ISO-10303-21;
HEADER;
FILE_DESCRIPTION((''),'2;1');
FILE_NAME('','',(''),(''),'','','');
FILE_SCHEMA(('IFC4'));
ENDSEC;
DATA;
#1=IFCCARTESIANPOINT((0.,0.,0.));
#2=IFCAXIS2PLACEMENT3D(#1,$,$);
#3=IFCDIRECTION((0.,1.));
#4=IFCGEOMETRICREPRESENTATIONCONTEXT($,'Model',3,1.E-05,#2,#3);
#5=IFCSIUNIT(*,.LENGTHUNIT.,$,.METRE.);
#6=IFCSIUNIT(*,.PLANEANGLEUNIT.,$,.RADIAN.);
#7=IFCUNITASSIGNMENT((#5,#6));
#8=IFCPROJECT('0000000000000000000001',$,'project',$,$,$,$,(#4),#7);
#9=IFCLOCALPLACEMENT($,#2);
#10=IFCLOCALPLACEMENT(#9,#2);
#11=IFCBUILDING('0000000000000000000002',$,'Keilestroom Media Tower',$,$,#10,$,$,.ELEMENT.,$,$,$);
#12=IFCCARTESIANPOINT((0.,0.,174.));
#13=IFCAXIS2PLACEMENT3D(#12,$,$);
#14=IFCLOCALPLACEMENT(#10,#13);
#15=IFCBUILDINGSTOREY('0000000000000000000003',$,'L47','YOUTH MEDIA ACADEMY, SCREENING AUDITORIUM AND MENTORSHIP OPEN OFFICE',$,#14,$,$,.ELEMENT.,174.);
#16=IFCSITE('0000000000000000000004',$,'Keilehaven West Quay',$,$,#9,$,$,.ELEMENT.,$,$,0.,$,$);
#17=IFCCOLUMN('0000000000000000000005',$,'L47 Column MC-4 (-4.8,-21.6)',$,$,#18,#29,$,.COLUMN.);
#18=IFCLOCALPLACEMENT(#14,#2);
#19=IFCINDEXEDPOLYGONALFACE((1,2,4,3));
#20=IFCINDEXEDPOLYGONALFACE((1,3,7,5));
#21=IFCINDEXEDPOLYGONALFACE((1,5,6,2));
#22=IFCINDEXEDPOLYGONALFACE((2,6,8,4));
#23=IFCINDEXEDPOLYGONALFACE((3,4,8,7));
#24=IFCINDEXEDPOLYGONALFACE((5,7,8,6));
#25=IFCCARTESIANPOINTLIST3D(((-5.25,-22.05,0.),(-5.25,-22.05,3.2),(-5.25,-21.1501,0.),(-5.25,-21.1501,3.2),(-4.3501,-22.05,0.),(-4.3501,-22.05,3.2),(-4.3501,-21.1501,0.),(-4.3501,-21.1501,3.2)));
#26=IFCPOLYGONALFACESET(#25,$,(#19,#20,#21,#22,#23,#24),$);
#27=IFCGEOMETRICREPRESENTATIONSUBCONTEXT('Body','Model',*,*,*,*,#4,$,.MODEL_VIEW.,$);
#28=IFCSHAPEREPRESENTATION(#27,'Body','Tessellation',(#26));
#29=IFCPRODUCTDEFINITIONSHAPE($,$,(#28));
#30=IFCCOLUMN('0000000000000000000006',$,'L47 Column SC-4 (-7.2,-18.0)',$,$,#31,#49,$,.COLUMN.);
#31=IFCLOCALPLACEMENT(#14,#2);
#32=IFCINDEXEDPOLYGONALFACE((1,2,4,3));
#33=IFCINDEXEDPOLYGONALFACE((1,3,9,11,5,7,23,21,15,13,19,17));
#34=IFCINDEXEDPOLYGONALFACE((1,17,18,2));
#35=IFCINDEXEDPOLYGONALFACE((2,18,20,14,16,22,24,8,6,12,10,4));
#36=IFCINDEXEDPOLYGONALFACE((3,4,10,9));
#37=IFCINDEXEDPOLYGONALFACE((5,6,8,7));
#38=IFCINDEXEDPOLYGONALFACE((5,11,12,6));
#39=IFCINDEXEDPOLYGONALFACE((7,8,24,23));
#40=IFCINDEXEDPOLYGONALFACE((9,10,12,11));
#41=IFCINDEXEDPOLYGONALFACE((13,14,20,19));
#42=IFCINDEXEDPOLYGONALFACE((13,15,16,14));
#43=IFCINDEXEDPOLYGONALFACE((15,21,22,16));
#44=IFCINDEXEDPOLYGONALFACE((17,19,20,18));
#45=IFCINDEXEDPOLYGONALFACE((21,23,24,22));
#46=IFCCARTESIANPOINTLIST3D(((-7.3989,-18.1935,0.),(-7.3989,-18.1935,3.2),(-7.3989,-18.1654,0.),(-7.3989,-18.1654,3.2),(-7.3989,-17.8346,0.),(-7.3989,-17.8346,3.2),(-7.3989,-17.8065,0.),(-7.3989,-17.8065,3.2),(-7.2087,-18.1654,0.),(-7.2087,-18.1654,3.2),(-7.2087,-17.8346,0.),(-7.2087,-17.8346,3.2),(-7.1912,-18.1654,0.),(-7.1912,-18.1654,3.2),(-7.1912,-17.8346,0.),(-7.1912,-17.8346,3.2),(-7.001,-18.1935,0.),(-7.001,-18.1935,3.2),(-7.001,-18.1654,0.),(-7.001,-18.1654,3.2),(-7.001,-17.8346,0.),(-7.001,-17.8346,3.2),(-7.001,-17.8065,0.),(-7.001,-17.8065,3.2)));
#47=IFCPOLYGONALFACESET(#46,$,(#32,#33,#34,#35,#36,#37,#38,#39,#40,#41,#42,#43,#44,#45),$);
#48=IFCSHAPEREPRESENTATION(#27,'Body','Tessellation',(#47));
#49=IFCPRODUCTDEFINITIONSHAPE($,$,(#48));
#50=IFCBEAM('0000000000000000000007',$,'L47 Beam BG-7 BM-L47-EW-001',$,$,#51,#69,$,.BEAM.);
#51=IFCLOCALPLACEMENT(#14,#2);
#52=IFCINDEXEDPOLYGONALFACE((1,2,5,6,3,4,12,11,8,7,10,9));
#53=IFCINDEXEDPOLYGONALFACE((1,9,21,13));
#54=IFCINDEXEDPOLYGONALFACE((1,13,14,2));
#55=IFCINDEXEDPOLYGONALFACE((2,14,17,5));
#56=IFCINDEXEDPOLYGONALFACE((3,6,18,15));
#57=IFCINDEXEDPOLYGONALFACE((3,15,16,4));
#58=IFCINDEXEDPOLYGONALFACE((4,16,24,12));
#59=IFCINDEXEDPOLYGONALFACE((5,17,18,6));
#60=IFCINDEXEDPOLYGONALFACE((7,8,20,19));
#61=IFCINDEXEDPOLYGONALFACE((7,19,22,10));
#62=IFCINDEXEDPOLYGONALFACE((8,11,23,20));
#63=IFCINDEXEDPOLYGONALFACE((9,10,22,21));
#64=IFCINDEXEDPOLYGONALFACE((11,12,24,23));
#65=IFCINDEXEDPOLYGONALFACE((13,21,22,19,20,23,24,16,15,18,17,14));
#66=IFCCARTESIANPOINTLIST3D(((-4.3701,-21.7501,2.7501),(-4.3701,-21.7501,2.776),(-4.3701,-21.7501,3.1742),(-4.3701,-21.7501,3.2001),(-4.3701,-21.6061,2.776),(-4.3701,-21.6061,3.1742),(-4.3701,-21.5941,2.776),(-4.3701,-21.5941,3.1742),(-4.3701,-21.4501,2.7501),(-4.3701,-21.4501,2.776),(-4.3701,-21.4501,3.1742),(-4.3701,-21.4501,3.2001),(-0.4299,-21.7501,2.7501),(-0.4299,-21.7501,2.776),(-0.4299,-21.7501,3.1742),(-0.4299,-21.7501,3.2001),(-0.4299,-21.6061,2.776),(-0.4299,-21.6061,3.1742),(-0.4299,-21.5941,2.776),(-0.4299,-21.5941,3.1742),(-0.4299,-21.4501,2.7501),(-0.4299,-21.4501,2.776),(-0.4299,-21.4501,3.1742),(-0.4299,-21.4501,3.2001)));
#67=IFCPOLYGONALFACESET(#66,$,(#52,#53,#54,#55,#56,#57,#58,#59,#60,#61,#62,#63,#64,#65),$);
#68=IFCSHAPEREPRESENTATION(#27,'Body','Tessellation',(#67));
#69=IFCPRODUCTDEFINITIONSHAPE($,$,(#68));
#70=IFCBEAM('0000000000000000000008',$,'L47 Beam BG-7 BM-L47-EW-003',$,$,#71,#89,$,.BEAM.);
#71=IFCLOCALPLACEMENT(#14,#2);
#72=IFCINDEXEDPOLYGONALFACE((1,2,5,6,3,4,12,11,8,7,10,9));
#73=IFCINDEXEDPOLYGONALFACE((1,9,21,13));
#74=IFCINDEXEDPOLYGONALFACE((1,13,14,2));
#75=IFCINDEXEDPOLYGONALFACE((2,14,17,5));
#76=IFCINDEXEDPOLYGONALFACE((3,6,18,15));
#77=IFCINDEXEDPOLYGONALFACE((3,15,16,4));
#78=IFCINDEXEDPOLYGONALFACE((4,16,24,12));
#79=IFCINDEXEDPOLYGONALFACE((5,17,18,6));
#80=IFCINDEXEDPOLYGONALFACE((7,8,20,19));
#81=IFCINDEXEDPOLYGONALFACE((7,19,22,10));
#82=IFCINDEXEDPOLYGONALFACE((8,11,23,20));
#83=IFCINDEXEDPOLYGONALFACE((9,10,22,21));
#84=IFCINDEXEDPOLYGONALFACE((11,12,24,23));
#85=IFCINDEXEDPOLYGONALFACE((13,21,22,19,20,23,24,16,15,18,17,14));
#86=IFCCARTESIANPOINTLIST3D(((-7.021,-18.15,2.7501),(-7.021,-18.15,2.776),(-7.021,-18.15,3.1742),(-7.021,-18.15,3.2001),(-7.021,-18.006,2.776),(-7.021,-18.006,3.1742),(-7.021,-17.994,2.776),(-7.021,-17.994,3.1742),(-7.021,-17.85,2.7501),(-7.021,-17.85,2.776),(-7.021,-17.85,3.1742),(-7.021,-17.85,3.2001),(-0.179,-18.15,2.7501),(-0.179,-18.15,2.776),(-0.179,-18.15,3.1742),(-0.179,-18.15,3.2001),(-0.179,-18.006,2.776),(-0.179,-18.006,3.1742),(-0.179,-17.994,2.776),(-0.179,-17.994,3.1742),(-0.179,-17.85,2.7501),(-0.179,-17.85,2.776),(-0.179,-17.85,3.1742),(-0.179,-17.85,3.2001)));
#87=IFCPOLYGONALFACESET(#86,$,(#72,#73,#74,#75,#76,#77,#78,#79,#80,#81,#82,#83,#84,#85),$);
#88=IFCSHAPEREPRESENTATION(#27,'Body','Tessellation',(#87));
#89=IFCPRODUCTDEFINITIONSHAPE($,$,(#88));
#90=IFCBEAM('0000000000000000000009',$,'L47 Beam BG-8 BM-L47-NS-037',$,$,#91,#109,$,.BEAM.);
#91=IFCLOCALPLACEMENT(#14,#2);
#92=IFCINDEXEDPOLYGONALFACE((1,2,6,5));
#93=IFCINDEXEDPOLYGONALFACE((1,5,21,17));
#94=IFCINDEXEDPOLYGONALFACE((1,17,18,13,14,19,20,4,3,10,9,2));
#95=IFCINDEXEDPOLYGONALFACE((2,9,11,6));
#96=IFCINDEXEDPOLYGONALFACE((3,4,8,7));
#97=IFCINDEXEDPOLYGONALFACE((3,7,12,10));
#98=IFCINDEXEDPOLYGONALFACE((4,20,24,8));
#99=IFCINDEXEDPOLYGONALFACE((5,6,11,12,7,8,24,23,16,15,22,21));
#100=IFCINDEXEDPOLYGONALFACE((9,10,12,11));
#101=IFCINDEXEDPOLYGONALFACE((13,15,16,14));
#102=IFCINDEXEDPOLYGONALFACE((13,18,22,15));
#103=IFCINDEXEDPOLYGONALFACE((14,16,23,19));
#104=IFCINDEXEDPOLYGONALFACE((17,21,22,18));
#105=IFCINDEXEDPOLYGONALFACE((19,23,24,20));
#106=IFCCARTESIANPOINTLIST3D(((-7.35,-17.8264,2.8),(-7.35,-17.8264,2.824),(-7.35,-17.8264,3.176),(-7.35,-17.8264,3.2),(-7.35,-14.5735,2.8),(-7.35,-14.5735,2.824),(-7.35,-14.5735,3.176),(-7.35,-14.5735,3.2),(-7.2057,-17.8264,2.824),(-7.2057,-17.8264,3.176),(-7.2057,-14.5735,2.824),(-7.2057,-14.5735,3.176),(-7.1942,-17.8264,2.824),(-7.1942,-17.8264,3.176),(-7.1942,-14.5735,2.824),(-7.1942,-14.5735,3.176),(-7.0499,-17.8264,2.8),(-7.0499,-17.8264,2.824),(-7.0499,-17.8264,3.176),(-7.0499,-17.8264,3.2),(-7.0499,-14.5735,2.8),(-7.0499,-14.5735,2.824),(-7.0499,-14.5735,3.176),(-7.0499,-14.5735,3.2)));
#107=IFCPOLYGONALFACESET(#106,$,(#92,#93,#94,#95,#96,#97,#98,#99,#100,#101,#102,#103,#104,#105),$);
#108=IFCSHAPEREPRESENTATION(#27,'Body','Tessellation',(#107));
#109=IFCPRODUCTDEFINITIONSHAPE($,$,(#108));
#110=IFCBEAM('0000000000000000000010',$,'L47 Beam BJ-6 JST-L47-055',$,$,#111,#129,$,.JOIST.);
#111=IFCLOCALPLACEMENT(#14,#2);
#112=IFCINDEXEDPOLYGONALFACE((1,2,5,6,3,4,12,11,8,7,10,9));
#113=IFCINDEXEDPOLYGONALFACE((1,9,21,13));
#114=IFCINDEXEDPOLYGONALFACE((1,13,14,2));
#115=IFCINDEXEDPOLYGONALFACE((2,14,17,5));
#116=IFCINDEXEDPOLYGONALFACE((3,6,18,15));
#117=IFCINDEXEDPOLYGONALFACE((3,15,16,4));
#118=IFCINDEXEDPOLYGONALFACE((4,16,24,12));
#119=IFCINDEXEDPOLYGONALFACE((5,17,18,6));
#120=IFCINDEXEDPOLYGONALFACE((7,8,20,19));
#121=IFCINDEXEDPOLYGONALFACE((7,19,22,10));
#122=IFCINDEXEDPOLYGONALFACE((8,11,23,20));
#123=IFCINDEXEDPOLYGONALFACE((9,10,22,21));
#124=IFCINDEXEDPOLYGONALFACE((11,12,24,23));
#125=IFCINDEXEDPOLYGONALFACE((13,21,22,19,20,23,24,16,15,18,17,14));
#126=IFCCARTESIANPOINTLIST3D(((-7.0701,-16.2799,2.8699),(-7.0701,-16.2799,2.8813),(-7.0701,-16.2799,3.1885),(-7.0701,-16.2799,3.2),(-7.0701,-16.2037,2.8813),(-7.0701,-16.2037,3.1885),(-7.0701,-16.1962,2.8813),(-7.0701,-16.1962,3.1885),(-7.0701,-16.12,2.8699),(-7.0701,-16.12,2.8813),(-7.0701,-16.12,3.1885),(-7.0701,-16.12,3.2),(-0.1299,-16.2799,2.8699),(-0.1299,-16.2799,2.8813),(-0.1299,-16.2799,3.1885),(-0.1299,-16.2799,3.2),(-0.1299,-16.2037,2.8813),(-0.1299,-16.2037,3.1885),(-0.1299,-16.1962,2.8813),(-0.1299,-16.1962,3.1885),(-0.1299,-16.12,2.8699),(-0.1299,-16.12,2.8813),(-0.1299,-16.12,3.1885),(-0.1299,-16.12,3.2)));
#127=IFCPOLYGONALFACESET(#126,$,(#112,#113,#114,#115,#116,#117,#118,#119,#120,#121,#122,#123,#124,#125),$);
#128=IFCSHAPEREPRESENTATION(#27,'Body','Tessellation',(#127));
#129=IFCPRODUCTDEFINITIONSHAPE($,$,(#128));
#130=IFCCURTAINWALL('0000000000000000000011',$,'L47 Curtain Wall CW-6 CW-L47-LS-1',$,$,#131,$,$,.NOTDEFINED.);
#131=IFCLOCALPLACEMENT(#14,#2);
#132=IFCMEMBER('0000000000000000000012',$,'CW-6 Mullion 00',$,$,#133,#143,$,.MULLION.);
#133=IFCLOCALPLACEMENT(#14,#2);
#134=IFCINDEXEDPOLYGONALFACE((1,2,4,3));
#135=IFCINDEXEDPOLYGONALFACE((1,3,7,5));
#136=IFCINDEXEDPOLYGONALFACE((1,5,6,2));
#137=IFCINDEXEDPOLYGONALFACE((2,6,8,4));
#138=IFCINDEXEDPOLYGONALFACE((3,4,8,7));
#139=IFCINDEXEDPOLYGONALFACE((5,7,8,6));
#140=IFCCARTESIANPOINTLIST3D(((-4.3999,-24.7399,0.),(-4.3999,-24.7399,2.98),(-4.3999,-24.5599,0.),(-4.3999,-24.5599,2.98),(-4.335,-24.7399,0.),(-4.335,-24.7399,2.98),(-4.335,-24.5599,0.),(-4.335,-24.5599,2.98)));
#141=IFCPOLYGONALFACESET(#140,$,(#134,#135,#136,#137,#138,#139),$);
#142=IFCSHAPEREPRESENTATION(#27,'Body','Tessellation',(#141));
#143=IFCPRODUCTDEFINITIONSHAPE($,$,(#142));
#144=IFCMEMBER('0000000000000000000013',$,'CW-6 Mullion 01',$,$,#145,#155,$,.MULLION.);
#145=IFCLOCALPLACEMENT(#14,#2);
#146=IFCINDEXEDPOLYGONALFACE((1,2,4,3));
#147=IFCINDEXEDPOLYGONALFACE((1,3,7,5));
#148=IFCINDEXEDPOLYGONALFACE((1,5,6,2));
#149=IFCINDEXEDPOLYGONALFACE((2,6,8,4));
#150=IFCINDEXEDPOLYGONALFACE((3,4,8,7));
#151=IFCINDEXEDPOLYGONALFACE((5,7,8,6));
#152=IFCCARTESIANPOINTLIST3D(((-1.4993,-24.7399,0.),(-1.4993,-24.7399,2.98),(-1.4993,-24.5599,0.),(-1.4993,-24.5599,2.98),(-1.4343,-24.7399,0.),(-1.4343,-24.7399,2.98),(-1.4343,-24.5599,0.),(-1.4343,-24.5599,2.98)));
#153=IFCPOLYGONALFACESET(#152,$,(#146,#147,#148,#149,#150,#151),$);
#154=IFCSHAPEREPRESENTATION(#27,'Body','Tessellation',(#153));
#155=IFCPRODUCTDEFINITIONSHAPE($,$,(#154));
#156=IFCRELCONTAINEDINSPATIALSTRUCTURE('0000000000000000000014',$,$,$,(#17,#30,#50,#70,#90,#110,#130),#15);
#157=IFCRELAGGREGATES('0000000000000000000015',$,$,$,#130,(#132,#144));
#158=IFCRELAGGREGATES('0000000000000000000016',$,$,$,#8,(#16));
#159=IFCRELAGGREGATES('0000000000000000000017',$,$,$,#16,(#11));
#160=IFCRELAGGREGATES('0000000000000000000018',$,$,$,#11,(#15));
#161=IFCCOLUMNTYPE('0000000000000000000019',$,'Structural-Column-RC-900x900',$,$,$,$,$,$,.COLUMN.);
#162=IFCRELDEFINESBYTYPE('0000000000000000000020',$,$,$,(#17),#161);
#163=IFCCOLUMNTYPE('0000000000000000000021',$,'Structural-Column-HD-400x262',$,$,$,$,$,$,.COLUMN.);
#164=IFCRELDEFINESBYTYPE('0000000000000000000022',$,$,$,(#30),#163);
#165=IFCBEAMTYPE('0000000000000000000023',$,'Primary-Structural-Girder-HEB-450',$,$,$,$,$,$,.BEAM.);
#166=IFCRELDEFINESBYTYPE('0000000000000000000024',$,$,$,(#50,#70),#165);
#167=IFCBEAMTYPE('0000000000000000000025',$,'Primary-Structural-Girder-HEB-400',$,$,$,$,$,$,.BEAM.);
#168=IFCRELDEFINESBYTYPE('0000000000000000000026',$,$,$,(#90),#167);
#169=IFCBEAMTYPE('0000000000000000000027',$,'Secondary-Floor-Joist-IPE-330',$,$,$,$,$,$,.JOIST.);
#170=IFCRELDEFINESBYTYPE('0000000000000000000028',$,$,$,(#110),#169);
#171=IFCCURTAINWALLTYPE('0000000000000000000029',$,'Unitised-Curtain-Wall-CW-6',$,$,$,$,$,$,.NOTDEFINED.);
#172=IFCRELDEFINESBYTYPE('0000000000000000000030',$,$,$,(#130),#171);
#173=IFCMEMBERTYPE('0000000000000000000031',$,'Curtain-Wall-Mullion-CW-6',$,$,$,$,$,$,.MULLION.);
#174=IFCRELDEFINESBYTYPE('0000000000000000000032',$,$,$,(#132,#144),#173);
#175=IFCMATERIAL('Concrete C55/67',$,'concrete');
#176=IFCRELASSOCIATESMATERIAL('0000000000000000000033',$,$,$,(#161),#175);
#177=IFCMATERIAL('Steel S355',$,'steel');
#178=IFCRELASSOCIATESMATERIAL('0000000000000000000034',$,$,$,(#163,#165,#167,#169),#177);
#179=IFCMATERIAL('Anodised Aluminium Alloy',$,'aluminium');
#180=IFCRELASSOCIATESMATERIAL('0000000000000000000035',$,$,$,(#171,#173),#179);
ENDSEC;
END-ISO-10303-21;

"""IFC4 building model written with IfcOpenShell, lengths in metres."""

from ifc_helpers import new_model, si_unit, direction, frame, origin, origin_2d, place, context, subcontext, project, spatial, rectangle, i_section, extrude, source, transform, mapped, material, material_profile, profile_set, type_object, element, aggregate, save


model = new_model("IFC4")

# Units and contexts
model_context = context("Model", 3, precision=1e-05, world=origin(), true_north=direction((0.0, 1.0)))
body_context = subcontext(model_context, "Body", "Model", "MODEL_VIEW")
ifc_project = project(units=[si_unit("LENGTHUNIT", "METRE"), si_unit("PLANEANGLEUNIT", "RADIAN")], contexts=[model_context])

# Site, building, storey
site_placement = place(None, origin())
site = spatial("IfcSite", under=ifc_project, at=site_placement, Name="Keilehaven West Quay", CompositionType="ELEMENT", RefElevation=0.0)
building_placement = place(site_placement, origin())
building = spatial("IfcBuilding", under=site, at=building_placement, Name="Keilestroom Media Tower", CompositionType="ELEMENT")
storey_placement = place(building_placement, frame((0.0, 0.0, 174.0)))
storey = spatial("IfcBuildingStorey", under=building, at=storey_placement, Name="L47", Description="YOUTH MEDIA ACADEMY, SCREENING AUDITORIUM AND MENTORSHIP OPEN OFFICE", CompositionType="ELEMENT", Elevation=174.0)

# Columns
ifc_material_1 = material(Name="Concrete C55/67", Category="concrete")
ifc_material_profile_1 = material_profile(ifc_material_1, rectangle(XDim=0.8999, YDim=0.8999, at=origin_2d()), Name="RC 900x900")
ifc_profile_set_1 = profile_set([ifc_material_profile_1], Name="Concrete C55/67")
column_type_1 = type_object("IfcColumnType", Name="Structural-Column-RC-900x900", PredefinedType="COLUMN", material=ifc_profile_set_1)
shared_shape_1 = source(origin(), body_context, "Body", "SweptSolid", [
    extrude(rectangle(XDim=0.8999, YDim=0.8999, at=origin_2d()), origin(), (0.0, 0.0, 1.0), 3.2),
])
column_1_placement = place(storey_placement, frame((-4.8, -21.6001, 0.0), z_axis=(0.0, 0.0, 1.0), x_axis=(1.0, 0.0, 0.0)))
element("IfcColumn", 1, at=column_1_placement, inside=storey, type_object=column_type_1, Name="L47 Column MC-4 (-4.8,-21.6)", PredefinedType="COLUMN", context=body_context, shape_type="MappedRepresentation", body=[
    mapped(shared_shape_1, transform((0.0, 0.0, 0.0), x_axis=(1.0, 0.0, 0.0), y_axis=(0.0, 1.0, 0.0), z_axis=(0.0, 0.0, 1.0), scale=1.0)),
])
ifc_material_2 = material(Name="Steel S355", Category="steel")
ifc_material_profile_2 = material_profile(ifc_material_2, i_section(OverallWidth=0.3979, OverallDepth=0.387, WebThickness=0.0176, FlangeThickness=0.0281, at=origin_2d()), Name="HD 400x262")
ifc_profile_set_2 = profile_set([ifc_material_profile_2], Name="Steel S355")
column_type_2 = type_object("IfcColumnType", Name="Structural-Column-HD-400x262", PredefinedType="COLUMN", material=ifc_profile_set_2)
shared_shape_2 = source(origin(), body_context, "Body", "SweptSolid", [
    extrude(i_section(OverallWidth=0.3979, OverallDepth=0.387, WebThickness=0.0176, FlangeThickness=0.0281, at=origin_2d()), origin(), (0.0, 0.0, 1.0), 3.2),
])
column_2_placement = place(storey_placement, frame((-7.2, -18.0, 0.0), z_axis=(0.0, 0.0, 1.0), x_axis=(1.0, 0.0, 0.0)))
element("IfcColumn", 2, at=column_2_placement, inside=storey, type_object=column_type_2, Name="L47 Column SC-4 (-7.2,-18.0)", PredefinedType="COLUMN", context=body_context, shape_type="MappedRepresentation", body=[
    mapped(shared_shape_2, transform((0.0, 0.0, 0.0), x_axis=(1.0, 0.0, 0.0), y_axis=(0.0, 1.0, 0.0), z_axis=(0.0, 0.0, 1.0), scale=1.0)),
])

# Beams
ifc_material_profile_3 = material_profile(ifc_material_2, i_section(OverallWidth=0.3, OverallDepth=0.45, WebThickness=0.012, FlangeThickness=0.0259, at=origin_2d()), Name="HEB 450")
ifc_profile_set_3 = profile_set([ifc_material_profile_3], Name="Steel S355")
beam_type_1 = type_object("IfcBeamType", Name="Primary-Structural-Girder-HEB-450", PredefinedType="BEAM", material=ifc_profile_set_3)
shared_shape_3 = source(origin(), body_context, "Body", "SweptSolid", [
    extrude(i_section(OverallWidth=0.3, OverallDepth=0.45, WebThickness=0.012, FlangeThickness=0.0259, at=origin_2d()), origin(), (0.0, 0.0, 1.0), 3.9402),
])
beam_1_placement = place(storey_placement, frame((-4.3701, -21.6001, 2.9751), z_axis=(1.0, 0.0, 0.0), x_axis=(0.0, 1.0, 0.0)))
element("IfcBeam", 3, at=beam_1_placement, inside=storey, type_object=beam_type_1, Name="L47 Beam BG-7 BM-L47-EW-001", PredefinedType="BEAM", context=body_context, shape_type="MappedRepresentation", body=[
    mapped(shared_shape_3, transform((0.0, 0.0, 0.0), x_axis=(1.0, 0.0, 0.0), y_axis=(0.0, 1.0, 0.0), z_axis=(0.0, 0.0, 1.0), scale=1.0)),
])
shared_shape_4 = source(origin(), body_context, "Body", "SweptSolid", [
    extrude(i_section(OverallWidth=0.3, OverallDepth=0.45, WebThickness=0.012, FlangeThickness=0.0259, at=origin_2d()), origin(), (0.0, 0.0, 1.0), 6.842),
])
beam_2_placement = place(storey_placement, frame((-7.021, -18.0, 2.9751), z_axis=(1.0, 0.0, 0.0), x_axis=(0.0, 1.0, 0.0)))
element("IfcBeam", 4, at=beam_2_placement, inside=storey, type_object=beam_type_1, Name="L47 Beam BG-7 BM-L47-EW-003", PredefinedType="BEAM", context=body_context, shape_type="MappedRepresentation", body=[
    mapped(shared_shape_4, transform((0.0, 0.0, 0.0), x_axis=(1.0, 0.0, 0.0), y_axis=(0.0, 1.0, 0.0), z_axis=(0.0, 0.0, 1.0), scale=1.0)),
])
ifc_material_profile_4 = material_profile(ifc_material_2, i_section(OverallWidth=0.3, OverallDepth=0.3999, WebThickness=0.0115, FlangeThickness=0.0239, at=origin_2d()), Name="HEB 400")
ifc_profile_set_4 = profile_set([ifc_material_profile_4], Name="Steel S355")
beam_type_2 = type_object("IfcBeamType", Name="Primary-Structural-Girder-HEB-400", PredefinedType="BEAM", material=ifc_profile_set_4)
shared_shape_5 = source(origin(), body_context, "Body", "SweptSolid", [
    extrude(i_section(OverallWidth=0.3, OverallDepth=0.3999, WebThickness=0.0115, FlangeThickness=0.0239, at=origin_2d()), origin(), (0.0, 0.0, 1.0), 3.2529),
])
beam_3_placement = place(storey_placement, frame((-7.2, -17.8264, 3.0), z_axis=(0.0, 1.0, 0.0), x_axis=(-1.0, 0.0, 0.0)))
element("IfcBeam", 5, at=beam_3_placement, inside=storey, type_object=beam_type_2, Name="L47 Beam BG-8 BM-L47-NS-037", PredefinedType="BEAM", context=body_context, shape_type="MappedRepresentation", body=[
    mapped(shared_shape_5, transform((0.0, 0.0, 0.0), x_axis=(1.0, 0.0, 0.0), y_axis=(0.0, 1.0, 0.0), z_axis=(0.0, 0.0, 1.0), scale=1.0)),
])
ifc_material_profile_5 = material_profile(ifc_material_2, i_section(OverallWidth=0.1599, OverallDepth=0.3301, WebThickness=0.0076, FlangeThickness=0.0115, at=origin_2d()), Name="IPE 330")
ifc_profile_set_5 = profile_set([ifc_material_profile_5], Name="Steel S355")
beam_type_3 = type_object("IfcBeamType", Name="Secondary-Floor-Joist-IPE-330", PredefinedType="JOIST", material=ifc_profile_set_5)
shared_shape_6 = source(origin(), body_context, "Body", "SweptSolid", [
    extrude(i_section(OverallWidth=0.1599, OverallDepth=0.3301, WebThickness=0.0076, FlangeThickness=0.0115, at=origin_2d()), origin(), (0.0, 0.0, 1.0), 6.9402),
])
beam_4_placement = place(storey_placement, frame((-7.0701, -16.2, 3.0349), z_axis=(1.0, 0.0, 0.0), x_axis=(0.0, 1.0, 0.0)))
element("IfcBeam", 6, at=beam_4_placement, inside=storey, type_object=beam_type_3, Name="L47 Beam BJ-6 JST-L47-055", PredefinedType="JOIST", context=body_context, shape_type="MappedRepresentation", body=[
    mapped(shared_shape_6, transform((0.0, 0.0, 0.0), x_axis=(1.0, 0.0, 0.0), y_axis=(0.0, 1.0, 0.0), z_axis=(0.0, 0.0, 1.0), scale=1.0)),
])

# Curtain wall, members
ifc_material_3 = material(Name="Anodised Aluminium Alloy", Category="aluminium")
curtain_wall_type = type_object("IfcCurtainWallType", Name="Unitised-Curtain-Wall-CW-6", PredefinedType="NOTDEFINED", material=ifc_material_3)
curtain_wall_placement = place(storey_placement, origin())
curtain_wall = element("IfcCurtainWall", 7, at=curtain_wall_placement, inside=storey, type_object=curtain_wall_type, Name="L47 Curtain Wall CW-6 CW-L47-LS-1", PredefinedType="NOTDEFINED")
ifc_material_profile_6 = material_profile(ifc_material_3, rectangle(XDim=0.0649, YDim=0.1799, at=origin_2d()), Name="ALU MULLION 65x180")
ifc_profile_set_6 = profile_set([ifc_material_profile_6], Name="Anodised Aluminium Alloy")
member_type_1 = type_object("IfcMemberType", Name="Curtain-Wall-Mullion-CW-6", PredefinedType="MULLION", material=ifc_profile_set_6)
shared_shape_7 = source(origin(), body_context, "Body", "SweptSolid", [
    extrude(rectangle(XDim=0.0649, YDim=0.1799, at=origin_2d()), origin(), (0.0, 0.0, 1.0), 2.98),
])
member_1_placement = place(storey_placement, frame((-4.3674, -24.6499, 0.0), z_axis=(0.0, 0.0, 1.0), x_axis=(1.0, 0.0, 0.0)))
member_1 = element("IfcMember", 8, at=member_1_placement, type_object=member_type_1, Name="CW-6 Mullion 00", PredefinedType="MULLION", context=body_context, shape_type="MappedRepresentation", body=[
    mapped(shared_shape_7, transform((0.0, 0.0, 0.0), x_axis=(1.0, 0.0, 0.0), y_axis=(0.0, 1.0, 0.0), z_axis=(0.0, 0.0, 1.0), scale=1.0)),
])
member_2_placement = place(storey_placement, frame((-1.4668, -24.6499, 0.0), z_axis=(0.0, 0.0, 1.0), x_axis=(1.0, 0.0, 0.0)))
member_2 = element("IfcMember", 9, at=member_2_placement, type_object=member_type_1, Name="CW-6 Mullion 01", PredefinedType="MULLION", context=body_context, shape_type="MappedRepresentation", body=[
    mapped(shared_shape_7, transform((0.0, 0.0, 0.0), x_axis=(1.0, 0.0, 0.0), y_axis=(0.0, 1.0, 0.0), z_axis=(0.0, 0.0, 1.0), scale=1.0)),
])
aggregate(curtain_wall, [member_1, member_2])

save(model, "model.ifc")
